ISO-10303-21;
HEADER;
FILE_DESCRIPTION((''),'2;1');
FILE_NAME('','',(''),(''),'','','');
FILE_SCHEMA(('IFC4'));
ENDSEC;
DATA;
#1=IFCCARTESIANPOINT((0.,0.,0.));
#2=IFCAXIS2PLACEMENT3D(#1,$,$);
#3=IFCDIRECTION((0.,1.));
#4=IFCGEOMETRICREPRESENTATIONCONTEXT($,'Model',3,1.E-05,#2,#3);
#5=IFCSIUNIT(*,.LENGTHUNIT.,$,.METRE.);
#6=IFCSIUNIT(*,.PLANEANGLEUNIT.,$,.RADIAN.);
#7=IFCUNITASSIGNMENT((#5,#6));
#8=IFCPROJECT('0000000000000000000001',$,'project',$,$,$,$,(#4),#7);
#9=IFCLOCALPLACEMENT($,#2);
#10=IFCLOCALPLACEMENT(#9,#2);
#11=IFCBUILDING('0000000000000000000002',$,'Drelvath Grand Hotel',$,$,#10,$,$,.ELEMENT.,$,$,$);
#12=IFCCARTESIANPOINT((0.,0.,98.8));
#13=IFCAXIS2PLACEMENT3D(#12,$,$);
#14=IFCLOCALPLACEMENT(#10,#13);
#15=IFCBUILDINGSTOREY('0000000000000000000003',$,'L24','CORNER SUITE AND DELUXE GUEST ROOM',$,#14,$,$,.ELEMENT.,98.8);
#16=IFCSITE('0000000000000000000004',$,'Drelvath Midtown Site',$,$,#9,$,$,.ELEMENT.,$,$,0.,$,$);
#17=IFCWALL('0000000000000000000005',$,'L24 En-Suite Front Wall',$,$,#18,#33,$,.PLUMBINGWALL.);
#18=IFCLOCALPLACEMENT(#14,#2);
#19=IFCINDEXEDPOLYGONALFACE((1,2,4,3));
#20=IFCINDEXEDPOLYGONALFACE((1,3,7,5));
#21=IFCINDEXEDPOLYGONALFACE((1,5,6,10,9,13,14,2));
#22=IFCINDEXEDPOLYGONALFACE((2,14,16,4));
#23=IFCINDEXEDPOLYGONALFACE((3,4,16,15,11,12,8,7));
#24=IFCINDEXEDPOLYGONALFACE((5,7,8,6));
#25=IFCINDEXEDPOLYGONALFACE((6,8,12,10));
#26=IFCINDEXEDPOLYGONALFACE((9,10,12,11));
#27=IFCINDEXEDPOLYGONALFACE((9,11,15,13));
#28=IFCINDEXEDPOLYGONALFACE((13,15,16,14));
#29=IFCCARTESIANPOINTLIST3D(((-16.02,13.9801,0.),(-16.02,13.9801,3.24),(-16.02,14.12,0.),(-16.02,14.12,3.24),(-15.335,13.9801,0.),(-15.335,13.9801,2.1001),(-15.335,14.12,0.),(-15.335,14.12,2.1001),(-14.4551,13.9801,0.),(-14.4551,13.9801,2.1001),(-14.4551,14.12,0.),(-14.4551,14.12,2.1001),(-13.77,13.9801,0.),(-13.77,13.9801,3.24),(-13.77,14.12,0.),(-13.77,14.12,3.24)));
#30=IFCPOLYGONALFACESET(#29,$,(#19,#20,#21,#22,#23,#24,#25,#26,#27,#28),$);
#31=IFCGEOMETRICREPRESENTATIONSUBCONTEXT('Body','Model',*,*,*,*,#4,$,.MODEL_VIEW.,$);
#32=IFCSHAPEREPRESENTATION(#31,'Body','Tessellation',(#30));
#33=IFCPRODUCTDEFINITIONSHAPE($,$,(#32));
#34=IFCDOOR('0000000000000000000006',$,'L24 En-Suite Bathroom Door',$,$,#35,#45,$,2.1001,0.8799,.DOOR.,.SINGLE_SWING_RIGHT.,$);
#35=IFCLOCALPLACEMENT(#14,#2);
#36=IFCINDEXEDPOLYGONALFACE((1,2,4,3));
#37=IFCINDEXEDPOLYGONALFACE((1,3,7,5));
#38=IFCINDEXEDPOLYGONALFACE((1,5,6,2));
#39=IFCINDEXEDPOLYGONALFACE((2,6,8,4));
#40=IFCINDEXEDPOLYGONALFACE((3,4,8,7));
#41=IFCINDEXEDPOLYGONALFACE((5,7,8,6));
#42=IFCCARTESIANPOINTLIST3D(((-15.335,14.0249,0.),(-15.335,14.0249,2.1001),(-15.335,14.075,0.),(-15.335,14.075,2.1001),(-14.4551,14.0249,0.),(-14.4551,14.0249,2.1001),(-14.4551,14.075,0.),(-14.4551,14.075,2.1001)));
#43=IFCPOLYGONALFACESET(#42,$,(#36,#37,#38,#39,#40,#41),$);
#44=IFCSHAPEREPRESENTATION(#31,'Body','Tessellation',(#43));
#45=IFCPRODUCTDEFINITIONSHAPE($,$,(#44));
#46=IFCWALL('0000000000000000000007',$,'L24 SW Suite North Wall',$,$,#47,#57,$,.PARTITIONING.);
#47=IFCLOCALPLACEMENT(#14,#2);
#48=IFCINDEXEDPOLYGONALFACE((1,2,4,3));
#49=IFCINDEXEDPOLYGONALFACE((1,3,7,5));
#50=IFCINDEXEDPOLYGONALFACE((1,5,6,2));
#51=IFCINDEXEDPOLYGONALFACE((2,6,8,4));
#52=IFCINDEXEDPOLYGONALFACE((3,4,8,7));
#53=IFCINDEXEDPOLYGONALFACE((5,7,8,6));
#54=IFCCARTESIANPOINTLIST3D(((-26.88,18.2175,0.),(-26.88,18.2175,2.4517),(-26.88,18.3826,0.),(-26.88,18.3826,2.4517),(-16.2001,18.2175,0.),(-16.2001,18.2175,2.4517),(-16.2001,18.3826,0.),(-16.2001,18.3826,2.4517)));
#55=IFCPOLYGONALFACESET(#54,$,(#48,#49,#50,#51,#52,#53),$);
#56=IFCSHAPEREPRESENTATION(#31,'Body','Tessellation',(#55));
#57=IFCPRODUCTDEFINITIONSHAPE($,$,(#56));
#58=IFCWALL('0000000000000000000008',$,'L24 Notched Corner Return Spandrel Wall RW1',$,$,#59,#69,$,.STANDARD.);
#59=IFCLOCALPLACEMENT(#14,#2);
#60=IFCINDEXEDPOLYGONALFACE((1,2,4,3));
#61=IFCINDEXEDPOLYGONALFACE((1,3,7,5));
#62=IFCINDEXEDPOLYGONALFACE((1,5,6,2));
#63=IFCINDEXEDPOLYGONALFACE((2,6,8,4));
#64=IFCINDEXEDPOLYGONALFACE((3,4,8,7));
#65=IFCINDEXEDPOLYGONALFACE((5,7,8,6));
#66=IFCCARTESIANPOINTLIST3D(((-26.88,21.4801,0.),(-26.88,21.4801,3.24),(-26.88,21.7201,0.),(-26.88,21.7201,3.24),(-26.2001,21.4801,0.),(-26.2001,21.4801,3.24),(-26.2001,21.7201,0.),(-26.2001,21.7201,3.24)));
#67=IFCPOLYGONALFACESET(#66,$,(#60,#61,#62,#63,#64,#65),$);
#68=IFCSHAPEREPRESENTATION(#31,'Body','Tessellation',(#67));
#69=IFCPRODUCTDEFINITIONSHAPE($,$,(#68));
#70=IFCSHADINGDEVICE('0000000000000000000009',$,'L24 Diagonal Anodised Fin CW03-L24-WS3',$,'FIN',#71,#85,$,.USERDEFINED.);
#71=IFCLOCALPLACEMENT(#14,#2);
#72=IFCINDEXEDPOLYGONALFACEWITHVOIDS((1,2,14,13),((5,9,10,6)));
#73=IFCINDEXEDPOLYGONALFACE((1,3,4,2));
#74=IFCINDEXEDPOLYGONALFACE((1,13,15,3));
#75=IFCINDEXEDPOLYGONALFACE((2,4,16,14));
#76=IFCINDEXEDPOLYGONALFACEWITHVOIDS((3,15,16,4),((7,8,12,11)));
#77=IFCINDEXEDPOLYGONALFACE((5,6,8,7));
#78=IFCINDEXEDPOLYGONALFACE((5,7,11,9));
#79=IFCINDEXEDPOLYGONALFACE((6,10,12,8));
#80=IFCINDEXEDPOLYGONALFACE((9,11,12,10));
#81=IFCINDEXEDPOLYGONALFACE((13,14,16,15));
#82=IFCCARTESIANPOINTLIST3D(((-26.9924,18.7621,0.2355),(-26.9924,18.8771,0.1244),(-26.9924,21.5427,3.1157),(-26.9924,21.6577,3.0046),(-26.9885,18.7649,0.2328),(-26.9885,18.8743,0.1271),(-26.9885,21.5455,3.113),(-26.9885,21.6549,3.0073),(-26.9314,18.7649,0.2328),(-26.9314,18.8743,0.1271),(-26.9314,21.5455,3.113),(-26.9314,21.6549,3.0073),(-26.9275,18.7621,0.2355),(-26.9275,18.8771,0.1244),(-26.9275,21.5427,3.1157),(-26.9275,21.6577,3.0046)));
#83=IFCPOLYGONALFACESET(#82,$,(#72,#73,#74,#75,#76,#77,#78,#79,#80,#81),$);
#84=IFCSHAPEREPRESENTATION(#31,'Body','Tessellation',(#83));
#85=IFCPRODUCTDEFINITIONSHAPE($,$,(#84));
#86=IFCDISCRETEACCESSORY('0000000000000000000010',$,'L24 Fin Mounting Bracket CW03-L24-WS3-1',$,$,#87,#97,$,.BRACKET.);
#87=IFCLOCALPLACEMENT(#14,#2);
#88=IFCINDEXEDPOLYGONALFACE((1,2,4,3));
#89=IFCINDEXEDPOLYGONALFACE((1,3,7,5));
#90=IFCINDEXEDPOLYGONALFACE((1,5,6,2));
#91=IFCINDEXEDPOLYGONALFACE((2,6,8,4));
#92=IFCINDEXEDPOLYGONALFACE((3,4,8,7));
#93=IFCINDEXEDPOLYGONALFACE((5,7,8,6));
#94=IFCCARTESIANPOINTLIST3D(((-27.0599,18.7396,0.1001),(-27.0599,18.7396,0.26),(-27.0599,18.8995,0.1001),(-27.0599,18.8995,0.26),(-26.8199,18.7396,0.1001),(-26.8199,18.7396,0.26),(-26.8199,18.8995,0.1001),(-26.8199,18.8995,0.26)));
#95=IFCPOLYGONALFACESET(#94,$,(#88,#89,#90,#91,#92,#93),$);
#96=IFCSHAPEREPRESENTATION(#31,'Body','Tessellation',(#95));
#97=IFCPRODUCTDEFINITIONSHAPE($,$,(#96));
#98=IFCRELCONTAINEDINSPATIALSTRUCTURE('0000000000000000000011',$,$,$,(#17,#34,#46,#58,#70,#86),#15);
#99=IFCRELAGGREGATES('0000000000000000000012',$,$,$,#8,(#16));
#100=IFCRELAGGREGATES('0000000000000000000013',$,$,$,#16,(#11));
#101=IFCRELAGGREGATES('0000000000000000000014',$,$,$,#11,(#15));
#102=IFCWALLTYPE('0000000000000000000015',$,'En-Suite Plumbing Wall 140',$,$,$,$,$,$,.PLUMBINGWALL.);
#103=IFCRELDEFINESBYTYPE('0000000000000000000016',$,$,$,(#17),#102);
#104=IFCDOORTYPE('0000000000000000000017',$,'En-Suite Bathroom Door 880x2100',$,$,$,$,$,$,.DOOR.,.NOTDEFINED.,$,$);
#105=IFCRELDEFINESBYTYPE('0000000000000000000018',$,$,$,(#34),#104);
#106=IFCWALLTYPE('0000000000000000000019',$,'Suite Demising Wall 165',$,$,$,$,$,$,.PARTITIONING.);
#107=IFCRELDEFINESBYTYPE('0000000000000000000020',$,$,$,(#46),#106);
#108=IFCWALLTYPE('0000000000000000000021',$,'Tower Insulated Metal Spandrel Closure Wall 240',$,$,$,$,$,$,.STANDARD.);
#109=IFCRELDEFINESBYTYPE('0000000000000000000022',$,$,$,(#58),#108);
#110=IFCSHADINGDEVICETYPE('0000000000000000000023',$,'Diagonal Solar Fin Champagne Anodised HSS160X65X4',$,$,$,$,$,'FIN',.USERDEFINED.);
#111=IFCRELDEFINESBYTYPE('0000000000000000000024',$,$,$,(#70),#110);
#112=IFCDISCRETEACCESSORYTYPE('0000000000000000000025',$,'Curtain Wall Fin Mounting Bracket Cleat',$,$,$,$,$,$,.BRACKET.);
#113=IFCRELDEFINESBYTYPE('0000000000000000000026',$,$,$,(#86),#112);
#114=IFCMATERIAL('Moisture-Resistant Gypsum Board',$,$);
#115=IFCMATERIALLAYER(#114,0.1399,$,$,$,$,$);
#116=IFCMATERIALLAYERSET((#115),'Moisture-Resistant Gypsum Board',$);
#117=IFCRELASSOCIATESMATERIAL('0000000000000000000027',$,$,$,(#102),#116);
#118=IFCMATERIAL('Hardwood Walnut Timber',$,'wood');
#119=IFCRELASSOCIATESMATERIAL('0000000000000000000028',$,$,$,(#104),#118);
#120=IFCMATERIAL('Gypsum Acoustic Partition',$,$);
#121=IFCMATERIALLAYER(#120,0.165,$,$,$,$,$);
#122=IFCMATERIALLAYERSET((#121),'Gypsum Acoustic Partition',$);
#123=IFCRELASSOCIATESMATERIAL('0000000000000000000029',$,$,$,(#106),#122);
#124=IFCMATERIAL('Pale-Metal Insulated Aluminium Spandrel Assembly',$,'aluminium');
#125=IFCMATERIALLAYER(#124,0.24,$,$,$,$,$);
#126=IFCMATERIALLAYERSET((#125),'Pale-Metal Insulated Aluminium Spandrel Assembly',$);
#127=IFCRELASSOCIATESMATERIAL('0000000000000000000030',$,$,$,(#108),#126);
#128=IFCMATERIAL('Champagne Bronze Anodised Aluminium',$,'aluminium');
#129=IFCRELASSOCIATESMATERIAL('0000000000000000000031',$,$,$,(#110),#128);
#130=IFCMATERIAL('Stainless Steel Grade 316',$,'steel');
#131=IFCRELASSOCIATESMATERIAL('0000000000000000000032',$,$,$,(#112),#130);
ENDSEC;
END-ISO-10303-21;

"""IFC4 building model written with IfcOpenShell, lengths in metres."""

from ifc_helpers import new_model, si_unit, direction, frame, frame_2d, origin, origin_2d, place, context, subcontext, project, spatial, rectangle, hollow_rectangle, extrude, material, layer, layer_set, material_profile, profile_set, type_object, element, fill, save


model = new_model("IFC4")

# Units and contexts
model_context = context("Model", 3, precision=1e-05, world=origin(), true_north=direction((0.0, 1.0)))
body_context = subcontext(model_context, "Body", "Model", "MODEL_VIEW")
ifc_project = project(units=[si_unit("LENGTHUNIT", "METRE"), si_unit("PLANEANGLEUNIT", "RADIAN")], contexts=[model_context])

# Site, building, storey
site_placement = place(None, origin())
site = spatial("IfcSite", under=ifc_project, at=site_placement, Name="Drelvath Midtown Site", CompositionType="ELEMENT", RefElevation=0.0)
building_placement = place(site_placement, origin())
building = spatial("IfcBuilding", under=site, at=building_placement, Name="Drelvath Grand Hotel", CompositionType="ELEMENT")
storey_placement = place(building_placement, frame((0.0, 0.0, 98.8)))
storey = spatial("IfcBuildingStorey", under=building, at=storey_placement, Name="L24", Description="CORNER SUITE AND DELUXE GUEST ROOM", CompositionType="ELEMENT", Elevation=98.8)

# Shared definitions
ifc_material_1 = material(Name="Hardwood Walnut Timber", Category="wood")

# Shared definitions
ifc_material_2 = material(Name="Moisture-Resistant Gypsum Board")
ifc_layer_1 = layer(ifc_material_2, 0.1399)
ifc_layer_set_1 = layer_set([ifc_layer_1], Name="Moisture-Resistant Gypsum Board")
wall_type_1 = type_object("IfcWallType", Name="En-Suite Plumbing Wall 140", PredefinedType="PLUMBINGWALL", material=ifc_layer_set_1)

# Wall, opening, door
wall_1_placement = place(storey_placement, frame((-16.02, 14.05, 0.0), z_axis=(0.0, 0.0, 1.0), x_axis=(1.0, 0.0, 0.0)))
wall_1 = element("IfcWall", 1, at=wall_1_placement, inside=storey, type_object=wall_type_1, Name="L24 En-Suite Front Wall", PredefinedType="PLUMBINGWALL", context=body_context, shape_type="SweptSolid", body=[
    extrude(rectangle(XDim=2.25, YDim=0.1399, at=frame_2d((1.125, 0.0))), origin(), (0.0, 0.0, 1.0), 3.24),
])
opening_1_placement = place(wall_1_placement, frame((0.6851, 0.0, 0.0)))
opening_1 = element("IfcOpeningElement", 2, at=opening_1_placement, cuts=wall_1, PredefinedType="OPENING", context=body_context, shape_type="SweptSolid", body=[
    extrude(rectangle(XDim=0.8799, YDim=2.1001, at=frame_2d((0.4399, 1.05))), frame((0.0, 0.0798, 0.0), z_axis=(0.0, -1.0, 0.0), x_axis=(1.0, 0.0, 0.0)), (0.0, 0.0, 1.0), 0.1599),
])
door_type_1 = type_object("IfcDoorType", Name="En-Suite Bathroom Door 880x2100", OperationType="NOTDEFINED", PredefinedType="DOOR", material=ifc_material_1)
door_1_placement = place(opening_1_placement, origin())
door_1 = element("IfcDoor", 3, at=door_1_placement, inside=storey, type_object=door_type_1, Name="L24 En-Suite Bathroom Door", OperationType="SINGLE_SWING_RIGHT", OverallHeight=2.1001, OverallWidth=0.8799, PredefinedType="DOOR", context=body_context, shape_type="SweptSolid", body=[
    extrude(rectangle(XDim=0.8799, YDim=2.1001, at=frame_2d((0.4399, 1.05))), frame((0.0, 0.0249, 0.0), z_axis=(0.0, -1.0, 0.0), x_axis=(1.0, 0.0, 0.0)), (0.0, 0.0, 1.0), 0.05),
])
fill(opening_1, door_1)

# Walls
ifc_material_3 = material(Name="Gypsum Acoustic Partition")
ifc_layer_2 = layer(ifc_material_3, 0.165)
ifc_layer_set_2 = layer_set([ifc_layer_2], Name="Gypsum Acoustic Partition")
wall_type_2 = type_object("IfcWallType", Name="Suite Demising Wall 165", PredefinedType="PARTITIONING", material=ifc_layer_set_2)
wall_2_placement = place(storey_placement, frame((-26.8799, 18.3, 0.0), z_axis=(0.0, 0.0, 1.0), x_axis=(1.0, 0.0, 0.0)))
element("IfcWall", 4, at=wall_2_placement, inside=storey, type_object=wall_type_2, Name="L24 SW Suite North Wall", PredefinedType="PARTITIONING", context=body_context, shape_type="SweptSolid", body=[
    extrude(rectangle(XDim=10.6799, YDim=0.165, at=frame_2d((5.3398, 0.0))), origin(), (0.0, 0.0, 1.0), 2.4517),
])
ifc_material_4 = material(Name="Pale-Metal Insulated Aluminium Spandrel Assembly", Category="aluminium")
ifc_layer_3 = layer(ifc_material_4, 0.24)
ifc_layer_set_3 = layer_set([ifc_layer_3], Name="Pale-Metal Insulated Aluminium Spandrel Assembly")
wall_type_3 = type_object("IfcWallType", Name="Tower Insulated Metal Spandrel Closure Wall 240", PredefinedType="STANDARD", material=ifc_layer_set_3)
wall_3_placement = place(storey_placement, frame((-26.8799, 21.6001, 0.0), z_axis=(0.0, 0.0, 1.0), x_axis=(1.0, 0.0, 0.0)))
element("IfcWall", 5, at=wall_3_placement, inside=storey, type_object=wall_type_3, Name="L24 Notched Corner Return Spandrel Wall RW1", PredefinedType="STANDARD", context=body_context, shape_type="SweptSolid", body=[
    extrude(rectangle(XDim=0.6799, YDim=0.24, at=frame_2d((0.3398, 0.0))), origin(), (0.0, 0.0, 1.0), 3.24),
])

# Shading device
ifc_material_5 = material(Name="Champagne Bronze Anodised Aluminium", Category="aluminium")
ifc_material_profile_1 = material_profile(ifc_material_5, hollow_rectangle(XDim=0.0649, YDim=0.1599, WallThickness=0.0039, at=origin_2d()), Name="HSS160X65X4")
ifc_profile_set_1 = profile_set([ifc_material_profile_1], Name="Champagne Bronze Anodised Aluminium")
shading_device_type = type_object("IfcShadingDeviceType", Name="Diagonal Solar Fin Champagne Anodised HSS160X65X4", ElementType="FIN", PredefinedType="USERDEFINED", material=ifc_profile_set_1)
shading_device_placement = place(storey_placement, frame((-26.96, 18.8196, 0.1799), z_axis=(0.0, 0.694556, 0.719438), x_axis=(-1.0, 0.0, 0.0)))
element("IfcShadingDevice", 6, at=shading_device_placement, inside=storey, type_object=shading_device_type, Name="L24 Diagonal Anodised Fin CW03-L24-WS3", ObjectType="FIN", PredefinedType="USERDEFINED", context=body_context, shape_type="SweptSolid", body=[
    extrude(hollow_rectangle(XDim=0.0649, YDim=0.1599, WallThickness=0.0039, at=origin_2d()), origin(), (0.0, 0.0, 1.0), 4.0034),
])

# Discrete accessory
ifc_material_6 = material(Name="Stainless Steel Grade 316", Category="steel")
discrete_accessory_type = type_object("IfcDiscreteAccessoryType", Name="Curtain Wall Fin Mounting Bracket Cleat", PredefinedType="BRACKET", material=ifc_material_6)
discrete_accessory_placement = place(storey_placement, frame((-26.9399, 18.8196, 0.1001), z_axis=(0.0, 0.0, 1.0), x_axis=(0.0, 1.0, 0.0)))
element("IfcDiscreteAccessory", 7, at=discrete_accessory_placement, inside=storey, type_object=discrete_accessory_type, Name="L24 Fin Mounting Bracket CW03-L24-WS3-1", PredefinedType="BRACKET", context=body_context, shape_type="SweptSolid", body=[
    extrude(rectangle(XDim=0.1599, YDim=0.24, at=origin_2d()), origin(), (0.0, 0.0, 1.0), 0.1599),
])

save(model, "model.ifc")
